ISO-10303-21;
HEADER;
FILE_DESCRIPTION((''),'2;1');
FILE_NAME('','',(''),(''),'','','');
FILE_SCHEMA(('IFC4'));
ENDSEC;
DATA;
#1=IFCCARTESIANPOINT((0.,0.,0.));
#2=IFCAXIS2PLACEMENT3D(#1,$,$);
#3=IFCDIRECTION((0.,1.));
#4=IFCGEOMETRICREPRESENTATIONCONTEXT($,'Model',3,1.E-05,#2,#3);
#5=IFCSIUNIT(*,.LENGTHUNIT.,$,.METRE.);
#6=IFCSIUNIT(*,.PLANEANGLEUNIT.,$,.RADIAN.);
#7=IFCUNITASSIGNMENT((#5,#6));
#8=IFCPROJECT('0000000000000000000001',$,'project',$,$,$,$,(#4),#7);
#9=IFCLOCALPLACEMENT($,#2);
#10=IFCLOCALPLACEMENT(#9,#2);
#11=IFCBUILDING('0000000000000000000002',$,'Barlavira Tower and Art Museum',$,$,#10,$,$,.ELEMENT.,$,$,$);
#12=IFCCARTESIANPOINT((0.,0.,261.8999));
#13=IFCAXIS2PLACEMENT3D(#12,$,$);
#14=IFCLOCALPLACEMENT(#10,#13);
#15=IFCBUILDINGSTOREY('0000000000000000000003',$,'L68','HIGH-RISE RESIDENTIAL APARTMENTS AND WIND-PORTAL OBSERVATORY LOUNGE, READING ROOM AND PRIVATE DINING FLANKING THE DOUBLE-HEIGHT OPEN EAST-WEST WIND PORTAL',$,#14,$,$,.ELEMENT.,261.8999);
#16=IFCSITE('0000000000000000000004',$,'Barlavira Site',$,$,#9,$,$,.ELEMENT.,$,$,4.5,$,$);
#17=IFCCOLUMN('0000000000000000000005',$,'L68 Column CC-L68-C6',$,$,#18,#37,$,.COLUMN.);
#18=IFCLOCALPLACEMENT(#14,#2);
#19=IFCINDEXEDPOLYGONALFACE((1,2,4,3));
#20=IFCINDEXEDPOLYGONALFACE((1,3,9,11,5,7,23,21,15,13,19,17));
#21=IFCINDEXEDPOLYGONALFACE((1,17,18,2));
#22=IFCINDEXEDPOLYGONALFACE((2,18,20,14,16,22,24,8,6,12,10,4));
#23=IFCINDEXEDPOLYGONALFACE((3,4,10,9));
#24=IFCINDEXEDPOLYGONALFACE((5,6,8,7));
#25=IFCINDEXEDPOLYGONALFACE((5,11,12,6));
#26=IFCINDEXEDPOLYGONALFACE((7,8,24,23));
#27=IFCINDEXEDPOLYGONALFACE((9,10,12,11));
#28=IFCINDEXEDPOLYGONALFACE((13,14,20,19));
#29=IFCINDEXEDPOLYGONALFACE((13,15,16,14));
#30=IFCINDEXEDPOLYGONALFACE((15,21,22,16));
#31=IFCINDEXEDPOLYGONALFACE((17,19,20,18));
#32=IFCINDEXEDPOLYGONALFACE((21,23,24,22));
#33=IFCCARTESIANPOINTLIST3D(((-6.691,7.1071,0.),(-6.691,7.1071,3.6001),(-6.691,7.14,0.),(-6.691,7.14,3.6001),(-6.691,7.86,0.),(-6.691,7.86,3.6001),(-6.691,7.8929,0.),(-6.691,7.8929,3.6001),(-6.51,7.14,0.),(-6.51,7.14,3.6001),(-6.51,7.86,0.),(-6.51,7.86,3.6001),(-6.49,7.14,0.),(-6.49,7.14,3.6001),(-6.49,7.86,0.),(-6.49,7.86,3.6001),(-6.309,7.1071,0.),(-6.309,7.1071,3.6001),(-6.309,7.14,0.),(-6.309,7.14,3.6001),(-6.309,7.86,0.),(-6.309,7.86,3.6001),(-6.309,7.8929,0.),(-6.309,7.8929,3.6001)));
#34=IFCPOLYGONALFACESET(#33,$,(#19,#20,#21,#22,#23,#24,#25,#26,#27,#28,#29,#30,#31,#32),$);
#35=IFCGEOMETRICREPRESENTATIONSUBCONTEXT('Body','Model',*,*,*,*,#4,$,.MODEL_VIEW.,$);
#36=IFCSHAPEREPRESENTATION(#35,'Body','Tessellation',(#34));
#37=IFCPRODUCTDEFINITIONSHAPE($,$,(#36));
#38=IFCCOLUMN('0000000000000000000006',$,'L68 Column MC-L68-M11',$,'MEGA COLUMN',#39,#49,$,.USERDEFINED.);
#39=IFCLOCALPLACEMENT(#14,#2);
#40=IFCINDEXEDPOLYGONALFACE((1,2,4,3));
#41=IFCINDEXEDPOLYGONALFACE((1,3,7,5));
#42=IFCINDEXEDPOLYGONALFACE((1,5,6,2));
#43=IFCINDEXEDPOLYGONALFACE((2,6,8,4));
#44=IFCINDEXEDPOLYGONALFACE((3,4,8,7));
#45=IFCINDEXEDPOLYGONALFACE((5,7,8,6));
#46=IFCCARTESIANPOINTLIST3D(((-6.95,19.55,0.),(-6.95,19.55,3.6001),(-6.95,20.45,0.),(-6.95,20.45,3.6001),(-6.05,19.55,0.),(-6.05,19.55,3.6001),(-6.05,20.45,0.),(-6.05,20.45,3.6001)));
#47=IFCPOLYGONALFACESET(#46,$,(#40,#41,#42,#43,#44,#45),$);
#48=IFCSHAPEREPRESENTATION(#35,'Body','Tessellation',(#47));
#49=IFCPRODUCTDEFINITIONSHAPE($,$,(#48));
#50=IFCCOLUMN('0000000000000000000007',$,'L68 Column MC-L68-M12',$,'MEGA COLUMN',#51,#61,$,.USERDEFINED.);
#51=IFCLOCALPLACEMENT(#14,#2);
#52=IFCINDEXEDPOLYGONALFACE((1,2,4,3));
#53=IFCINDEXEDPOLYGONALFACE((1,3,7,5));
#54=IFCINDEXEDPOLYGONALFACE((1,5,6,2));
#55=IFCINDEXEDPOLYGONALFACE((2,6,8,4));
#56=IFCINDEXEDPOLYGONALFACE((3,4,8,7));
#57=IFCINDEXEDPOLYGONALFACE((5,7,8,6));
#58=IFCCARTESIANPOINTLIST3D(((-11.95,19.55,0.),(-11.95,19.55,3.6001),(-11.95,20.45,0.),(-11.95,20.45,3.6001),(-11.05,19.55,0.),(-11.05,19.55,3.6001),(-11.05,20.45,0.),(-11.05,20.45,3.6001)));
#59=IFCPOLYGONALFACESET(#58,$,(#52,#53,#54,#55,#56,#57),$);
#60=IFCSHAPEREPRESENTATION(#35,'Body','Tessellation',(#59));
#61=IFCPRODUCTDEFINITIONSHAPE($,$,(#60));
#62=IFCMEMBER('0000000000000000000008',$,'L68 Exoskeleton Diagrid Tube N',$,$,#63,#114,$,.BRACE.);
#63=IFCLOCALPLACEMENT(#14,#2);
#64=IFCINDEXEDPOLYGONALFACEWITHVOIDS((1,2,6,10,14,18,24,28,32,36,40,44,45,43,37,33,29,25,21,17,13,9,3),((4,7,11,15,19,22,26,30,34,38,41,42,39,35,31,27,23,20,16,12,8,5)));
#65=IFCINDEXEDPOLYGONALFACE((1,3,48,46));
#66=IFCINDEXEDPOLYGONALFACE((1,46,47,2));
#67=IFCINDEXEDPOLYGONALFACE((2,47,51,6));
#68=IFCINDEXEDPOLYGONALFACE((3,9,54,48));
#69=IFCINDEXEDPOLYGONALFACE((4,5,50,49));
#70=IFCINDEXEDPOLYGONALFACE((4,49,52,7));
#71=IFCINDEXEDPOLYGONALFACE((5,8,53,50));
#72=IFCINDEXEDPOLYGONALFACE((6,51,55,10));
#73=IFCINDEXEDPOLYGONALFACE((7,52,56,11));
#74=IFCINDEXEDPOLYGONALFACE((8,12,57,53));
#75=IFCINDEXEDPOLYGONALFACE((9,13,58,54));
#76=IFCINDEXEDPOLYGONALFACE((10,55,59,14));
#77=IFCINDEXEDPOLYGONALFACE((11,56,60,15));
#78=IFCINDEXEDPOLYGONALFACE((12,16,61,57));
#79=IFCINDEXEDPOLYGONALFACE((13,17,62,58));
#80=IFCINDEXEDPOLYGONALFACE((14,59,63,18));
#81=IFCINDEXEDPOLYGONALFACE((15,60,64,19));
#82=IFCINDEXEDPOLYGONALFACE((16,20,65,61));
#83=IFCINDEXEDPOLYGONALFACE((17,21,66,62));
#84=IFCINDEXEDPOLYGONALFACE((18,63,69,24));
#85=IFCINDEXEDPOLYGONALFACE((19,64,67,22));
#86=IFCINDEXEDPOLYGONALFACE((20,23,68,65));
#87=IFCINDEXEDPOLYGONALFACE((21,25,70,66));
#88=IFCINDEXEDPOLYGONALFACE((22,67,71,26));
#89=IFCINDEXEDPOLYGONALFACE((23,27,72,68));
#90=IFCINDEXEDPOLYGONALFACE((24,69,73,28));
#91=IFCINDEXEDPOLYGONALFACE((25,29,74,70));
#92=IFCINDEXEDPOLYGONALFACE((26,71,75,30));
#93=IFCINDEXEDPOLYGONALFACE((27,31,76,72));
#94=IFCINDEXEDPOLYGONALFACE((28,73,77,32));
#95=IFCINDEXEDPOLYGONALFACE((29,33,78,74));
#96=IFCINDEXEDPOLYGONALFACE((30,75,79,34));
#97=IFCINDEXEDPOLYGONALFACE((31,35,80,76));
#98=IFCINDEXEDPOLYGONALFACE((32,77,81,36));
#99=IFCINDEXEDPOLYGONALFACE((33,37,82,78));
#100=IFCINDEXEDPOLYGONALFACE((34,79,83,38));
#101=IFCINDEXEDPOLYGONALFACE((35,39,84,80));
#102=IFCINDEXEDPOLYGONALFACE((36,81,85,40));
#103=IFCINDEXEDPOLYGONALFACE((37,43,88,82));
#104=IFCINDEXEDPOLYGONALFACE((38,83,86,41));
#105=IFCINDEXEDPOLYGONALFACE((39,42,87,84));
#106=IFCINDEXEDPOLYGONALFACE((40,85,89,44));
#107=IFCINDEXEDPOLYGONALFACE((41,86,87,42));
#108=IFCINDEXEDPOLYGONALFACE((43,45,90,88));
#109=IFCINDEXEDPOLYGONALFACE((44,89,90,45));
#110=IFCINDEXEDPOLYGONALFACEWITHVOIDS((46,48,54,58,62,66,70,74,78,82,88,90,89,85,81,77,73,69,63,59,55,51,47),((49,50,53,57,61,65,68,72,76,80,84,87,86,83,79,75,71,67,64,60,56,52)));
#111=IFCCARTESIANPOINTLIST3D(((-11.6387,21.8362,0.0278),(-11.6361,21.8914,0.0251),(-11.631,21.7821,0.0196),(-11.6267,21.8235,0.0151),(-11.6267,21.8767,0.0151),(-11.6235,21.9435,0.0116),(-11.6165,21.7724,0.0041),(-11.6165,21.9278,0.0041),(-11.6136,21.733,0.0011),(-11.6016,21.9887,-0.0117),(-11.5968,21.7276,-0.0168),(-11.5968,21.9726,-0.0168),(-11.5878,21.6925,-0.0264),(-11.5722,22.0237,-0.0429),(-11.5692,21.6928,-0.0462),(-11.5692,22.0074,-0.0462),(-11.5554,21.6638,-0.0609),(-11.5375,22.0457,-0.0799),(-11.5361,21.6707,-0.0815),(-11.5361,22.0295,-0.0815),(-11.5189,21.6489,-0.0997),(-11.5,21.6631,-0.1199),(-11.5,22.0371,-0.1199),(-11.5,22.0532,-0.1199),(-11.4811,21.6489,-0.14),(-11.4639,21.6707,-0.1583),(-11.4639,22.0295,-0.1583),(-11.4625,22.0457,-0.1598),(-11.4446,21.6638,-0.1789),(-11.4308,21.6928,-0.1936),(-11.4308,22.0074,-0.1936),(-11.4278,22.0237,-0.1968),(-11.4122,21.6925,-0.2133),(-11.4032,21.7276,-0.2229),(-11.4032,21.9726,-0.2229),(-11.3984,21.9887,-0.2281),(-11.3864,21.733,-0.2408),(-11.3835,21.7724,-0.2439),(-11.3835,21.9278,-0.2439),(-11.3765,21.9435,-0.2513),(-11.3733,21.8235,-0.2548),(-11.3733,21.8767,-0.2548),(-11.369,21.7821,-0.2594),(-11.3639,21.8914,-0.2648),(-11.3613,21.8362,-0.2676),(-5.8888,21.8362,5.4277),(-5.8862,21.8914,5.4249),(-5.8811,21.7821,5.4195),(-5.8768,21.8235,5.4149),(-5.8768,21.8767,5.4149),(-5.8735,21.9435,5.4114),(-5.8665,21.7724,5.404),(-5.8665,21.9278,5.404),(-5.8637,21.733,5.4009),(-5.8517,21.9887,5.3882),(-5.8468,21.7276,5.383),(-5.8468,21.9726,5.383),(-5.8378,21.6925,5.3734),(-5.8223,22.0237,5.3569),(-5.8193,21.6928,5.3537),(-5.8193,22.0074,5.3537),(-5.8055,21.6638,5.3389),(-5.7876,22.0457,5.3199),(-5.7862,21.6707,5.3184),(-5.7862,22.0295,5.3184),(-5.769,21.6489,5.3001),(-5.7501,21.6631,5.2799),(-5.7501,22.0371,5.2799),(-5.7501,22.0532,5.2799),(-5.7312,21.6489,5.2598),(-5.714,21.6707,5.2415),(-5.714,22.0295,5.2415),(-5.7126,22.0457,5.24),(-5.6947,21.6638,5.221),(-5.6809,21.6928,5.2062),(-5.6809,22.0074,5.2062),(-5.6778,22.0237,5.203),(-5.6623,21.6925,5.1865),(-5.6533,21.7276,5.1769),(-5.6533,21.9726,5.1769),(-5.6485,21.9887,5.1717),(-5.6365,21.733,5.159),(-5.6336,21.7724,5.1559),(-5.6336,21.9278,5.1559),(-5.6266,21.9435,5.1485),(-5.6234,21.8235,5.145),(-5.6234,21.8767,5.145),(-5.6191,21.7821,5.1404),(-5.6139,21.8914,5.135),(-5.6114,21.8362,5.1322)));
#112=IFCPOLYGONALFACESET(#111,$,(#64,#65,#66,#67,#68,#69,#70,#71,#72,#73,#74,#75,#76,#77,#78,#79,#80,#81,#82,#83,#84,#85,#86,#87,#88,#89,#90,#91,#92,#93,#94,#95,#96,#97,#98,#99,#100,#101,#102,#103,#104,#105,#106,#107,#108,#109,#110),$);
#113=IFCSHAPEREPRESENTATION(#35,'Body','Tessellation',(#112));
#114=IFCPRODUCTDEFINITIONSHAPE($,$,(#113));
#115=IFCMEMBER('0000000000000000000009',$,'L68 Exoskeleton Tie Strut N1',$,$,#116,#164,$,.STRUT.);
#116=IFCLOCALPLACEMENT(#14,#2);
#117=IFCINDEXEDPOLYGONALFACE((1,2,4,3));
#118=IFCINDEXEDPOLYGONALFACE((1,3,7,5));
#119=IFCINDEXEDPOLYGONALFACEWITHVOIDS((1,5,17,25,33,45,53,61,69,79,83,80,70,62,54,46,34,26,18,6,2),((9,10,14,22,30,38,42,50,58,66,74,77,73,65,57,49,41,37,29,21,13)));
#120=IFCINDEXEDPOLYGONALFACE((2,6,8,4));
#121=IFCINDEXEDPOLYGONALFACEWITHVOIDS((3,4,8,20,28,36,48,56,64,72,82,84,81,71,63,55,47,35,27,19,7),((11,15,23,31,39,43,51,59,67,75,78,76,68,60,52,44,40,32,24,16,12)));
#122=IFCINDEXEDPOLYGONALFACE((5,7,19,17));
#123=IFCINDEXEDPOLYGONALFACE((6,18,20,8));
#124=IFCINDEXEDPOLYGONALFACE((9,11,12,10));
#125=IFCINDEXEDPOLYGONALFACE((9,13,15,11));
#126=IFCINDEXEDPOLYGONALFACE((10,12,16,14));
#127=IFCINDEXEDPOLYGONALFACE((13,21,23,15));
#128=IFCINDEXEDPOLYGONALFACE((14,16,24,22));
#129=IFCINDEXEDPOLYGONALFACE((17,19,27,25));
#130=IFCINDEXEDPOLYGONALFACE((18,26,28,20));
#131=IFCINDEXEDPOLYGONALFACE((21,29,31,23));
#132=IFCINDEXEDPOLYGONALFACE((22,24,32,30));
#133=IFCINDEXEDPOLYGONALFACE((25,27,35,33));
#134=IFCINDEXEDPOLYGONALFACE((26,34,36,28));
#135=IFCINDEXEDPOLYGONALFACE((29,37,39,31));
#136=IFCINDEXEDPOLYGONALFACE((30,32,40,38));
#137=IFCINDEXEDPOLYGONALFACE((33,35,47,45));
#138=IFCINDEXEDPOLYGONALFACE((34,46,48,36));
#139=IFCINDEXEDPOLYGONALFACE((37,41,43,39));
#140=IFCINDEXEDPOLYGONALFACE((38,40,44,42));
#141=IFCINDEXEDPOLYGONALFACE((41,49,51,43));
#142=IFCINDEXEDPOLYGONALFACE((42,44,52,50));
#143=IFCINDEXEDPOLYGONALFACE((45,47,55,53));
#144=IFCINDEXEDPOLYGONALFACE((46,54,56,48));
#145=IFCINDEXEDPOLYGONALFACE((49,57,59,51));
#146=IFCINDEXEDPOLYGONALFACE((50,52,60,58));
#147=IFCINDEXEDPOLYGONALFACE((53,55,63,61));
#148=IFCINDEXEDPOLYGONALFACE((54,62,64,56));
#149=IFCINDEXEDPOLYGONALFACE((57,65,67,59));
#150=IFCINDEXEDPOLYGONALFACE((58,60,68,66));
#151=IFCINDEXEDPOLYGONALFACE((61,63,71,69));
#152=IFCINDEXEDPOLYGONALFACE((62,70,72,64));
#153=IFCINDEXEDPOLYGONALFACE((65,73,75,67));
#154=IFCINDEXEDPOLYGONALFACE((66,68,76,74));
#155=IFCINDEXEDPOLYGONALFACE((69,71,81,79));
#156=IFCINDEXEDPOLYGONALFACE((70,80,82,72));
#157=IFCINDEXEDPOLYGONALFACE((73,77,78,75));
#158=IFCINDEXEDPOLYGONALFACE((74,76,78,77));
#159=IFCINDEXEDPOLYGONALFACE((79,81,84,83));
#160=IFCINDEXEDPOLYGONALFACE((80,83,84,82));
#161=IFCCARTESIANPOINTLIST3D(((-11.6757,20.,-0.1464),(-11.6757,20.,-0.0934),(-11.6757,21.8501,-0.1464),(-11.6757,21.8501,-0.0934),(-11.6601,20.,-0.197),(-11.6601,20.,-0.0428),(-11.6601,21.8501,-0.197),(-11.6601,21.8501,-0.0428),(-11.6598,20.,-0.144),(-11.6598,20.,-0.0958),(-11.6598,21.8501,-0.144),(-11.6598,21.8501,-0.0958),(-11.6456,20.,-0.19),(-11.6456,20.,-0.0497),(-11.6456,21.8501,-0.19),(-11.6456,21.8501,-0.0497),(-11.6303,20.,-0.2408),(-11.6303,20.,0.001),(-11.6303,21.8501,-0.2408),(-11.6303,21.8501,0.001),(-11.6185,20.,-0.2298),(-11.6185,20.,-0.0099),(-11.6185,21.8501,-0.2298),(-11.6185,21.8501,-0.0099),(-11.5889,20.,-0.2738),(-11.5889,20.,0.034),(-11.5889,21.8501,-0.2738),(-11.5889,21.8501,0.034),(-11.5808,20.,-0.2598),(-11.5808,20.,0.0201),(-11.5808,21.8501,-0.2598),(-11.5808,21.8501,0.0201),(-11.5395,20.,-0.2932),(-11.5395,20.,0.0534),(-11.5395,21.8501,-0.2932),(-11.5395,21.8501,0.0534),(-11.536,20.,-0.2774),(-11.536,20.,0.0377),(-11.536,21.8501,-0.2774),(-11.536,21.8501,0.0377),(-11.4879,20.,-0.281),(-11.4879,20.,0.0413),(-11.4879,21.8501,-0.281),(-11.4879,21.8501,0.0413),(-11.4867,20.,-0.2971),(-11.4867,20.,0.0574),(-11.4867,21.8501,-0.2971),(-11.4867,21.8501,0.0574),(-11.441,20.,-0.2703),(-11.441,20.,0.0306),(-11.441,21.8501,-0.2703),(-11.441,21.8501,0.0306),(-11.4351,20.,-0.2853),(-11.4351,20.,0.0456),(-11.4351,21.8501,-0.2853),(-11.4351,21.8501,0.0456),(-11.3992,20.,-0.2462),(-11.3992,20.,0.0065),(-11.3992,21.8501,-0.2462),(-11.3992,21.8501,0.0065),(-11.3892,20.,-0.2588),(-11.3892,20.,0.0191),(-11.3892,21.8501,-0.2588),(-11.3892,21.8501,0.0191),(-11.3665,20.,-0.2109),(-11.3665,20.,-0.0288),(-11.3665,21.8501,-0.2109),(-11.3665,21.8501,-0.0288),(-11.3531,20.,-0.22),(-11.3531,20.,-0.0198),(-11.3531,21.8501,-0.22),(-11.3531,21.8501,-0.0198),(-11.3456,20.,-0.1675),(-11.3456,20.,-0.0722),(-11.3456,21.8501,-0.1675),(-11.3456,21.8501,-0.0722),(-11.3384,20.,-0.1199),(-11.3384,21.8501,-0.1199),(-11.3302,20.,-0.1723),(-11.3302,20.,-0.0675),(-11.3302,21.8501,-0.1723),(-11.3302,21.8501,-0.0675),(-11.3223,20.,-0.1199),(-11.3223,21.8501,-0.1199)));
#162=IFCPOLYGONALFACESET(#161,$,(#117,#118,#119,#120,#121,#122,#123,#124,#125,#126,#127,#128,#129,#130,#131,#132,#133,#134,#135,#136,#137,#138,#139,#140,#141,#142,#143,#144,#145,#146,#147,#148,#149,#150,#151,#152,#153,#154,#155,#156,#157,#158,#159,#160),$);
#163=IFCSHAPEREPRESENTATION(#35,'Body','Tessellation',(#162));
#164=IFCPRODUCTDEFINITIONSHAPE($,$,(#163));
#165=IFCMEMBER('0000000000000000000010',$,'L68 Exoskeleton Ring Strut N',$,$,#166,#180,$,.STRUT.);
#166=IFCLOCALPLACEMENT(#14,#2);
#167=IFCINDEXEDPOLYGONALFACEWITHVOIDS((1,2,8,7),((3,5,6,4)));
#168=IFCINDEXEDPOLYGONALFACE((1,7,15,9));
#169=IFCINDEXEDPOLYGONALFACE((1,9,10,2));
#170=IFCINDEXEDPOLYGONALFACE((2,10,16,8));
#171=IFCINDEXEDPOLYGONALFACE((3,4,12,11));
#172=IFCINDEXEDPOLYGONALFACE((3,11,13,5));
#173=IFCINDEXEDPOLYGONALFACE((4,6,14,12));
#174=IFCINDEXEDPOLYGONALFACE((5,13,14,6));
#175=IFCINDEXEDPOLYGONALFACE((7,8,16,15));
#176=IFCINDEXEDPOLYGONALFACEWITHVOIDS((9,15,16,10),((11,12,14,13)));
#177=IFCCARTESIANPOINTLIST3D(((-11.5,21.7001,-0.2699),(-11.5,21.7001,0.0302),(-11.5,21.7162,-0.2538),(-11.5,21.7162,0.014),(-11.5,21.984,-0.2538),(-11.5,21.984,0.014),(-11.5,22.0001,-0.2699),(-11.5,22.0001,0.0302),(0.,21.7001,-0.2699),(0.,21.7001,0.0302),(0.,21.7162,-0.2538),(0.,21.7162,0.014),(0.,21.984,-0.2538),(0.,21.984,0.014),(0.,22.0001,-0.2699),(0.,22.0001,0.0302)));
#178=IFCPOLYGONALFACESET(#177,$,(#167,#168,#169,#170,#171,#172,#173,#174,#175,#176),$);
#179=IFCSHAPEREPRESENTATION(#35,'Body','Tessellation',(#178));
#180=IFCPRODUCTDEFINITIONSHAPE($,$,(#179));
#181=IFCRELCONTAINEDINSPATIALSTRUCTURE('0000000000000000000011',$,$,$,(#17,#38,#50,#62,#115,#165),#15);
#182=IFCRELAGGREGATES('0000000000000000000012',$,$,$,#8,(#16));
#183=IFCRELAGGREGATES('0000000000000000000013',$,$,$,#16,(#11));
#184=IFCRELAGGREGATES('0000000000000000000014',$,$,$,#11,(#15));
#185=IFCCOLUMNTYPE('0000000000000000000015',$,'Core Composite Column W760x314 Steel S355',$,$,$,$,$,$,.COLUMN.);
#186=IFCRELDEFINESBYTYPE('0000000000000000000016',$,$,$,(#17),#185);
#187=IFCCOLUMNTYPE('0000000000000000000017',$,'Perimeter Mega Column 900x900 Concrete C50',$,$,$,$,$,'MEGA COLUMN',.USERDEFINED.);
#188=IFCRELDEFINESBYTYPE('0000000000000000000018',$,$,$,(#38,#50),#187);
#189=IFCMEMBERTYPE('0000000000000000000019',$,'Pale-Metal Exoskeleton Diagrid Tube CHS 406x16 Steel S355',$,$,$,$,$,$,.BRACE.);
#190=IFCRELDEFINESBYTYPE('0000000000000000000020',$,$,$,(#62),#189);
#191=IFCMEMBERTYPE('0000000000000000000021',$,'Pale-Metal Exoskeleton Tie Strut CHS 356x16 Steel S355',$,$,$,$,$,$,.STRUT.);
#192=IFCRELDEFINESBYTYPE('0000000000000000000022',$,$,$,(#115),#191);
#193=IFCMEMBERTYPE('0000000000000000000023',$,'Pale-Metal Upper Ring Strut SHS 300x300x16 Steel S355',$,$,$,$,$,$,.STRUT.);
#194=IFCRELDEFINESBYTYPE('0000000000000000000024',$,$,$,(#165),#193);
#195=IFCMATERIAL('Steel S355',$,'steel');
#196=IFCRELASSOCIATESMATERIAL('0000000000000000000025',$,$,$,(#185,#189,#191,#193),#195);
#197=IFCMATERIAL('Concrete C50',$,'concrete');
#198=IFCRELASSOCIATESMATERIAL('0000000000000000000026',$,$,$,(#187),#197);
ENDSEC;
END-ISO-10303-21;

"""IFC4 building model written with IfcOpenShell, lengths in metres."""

from ifc_helpers import new_model, si_unit, direction, frame, origin, origin_2d, place, context, subcontext, project, spatial, rectangle, hollow_rectangle, hollow_circle, i_section, extrude, material, material_profile, profile_set, type_object, element, save


model = new_model("IFC4")

# Units and contexts
model_context = context("Model", 3, precision=1e-05, world=origin(), true_north=direction((0.0, 1.0)))
body_context = subcontext(model_context, "Body", "Model", "MODEL_VIEW")
ifc_project = project(units=[si_unit("LENGTHUNIT", "METRE"), si_unit("PLANEANGLEUNIT", "RADIAN")], contexts=[model_context])

# Site, building, storey
site_placement = place(None, origin())
site = spatial("IfcSite", under=ifc_project, at=site_placement, Name="Barlavira Site", CompositionType="ELEMENT", RefElevation=4.5)
building_placement = place(site_placement, origin())
building = spatial("IfcBuilding", under=site, at=building_placement, Name="Barlavira Tower and Art Museum", CompositionType="ELEMENT")
storey_placement = place(building_placement, frame((0.0, 0.0, 261.8999)))
storey = spatial("IfcBuildingStorey", under=building, at=storey_placement, Name="L68", Description="HIGH-RISE RESIDENTIAL APARTMENTS AND WIND-PORTAL OBSERVATORY LOUNGE, READING ROOM AND PRIVATE DINING FLANKING THE DOUBLE-HEIGHT OPEN EAST-WEST WIND PORTAL", CompositionType="ELEMENT", Elevation=261.8999)

# Columns
ifc_material_1 = material(Name="Steel S355", Category="steel")
ifc_material_profile_1 = material_profile(ifc_material_1, i_section(OverallWidth=0.3821, OverallDepth=0.7859, WebThickness=0.02, FlangeThickness=0.033, at=origin_2d()), Name="W760x314.0")
ifc_profile_set_1 = profile_set([ifc_material_profile_1], Name="Steel S355")
column_type_1 = type_object("IfcColumnType", Name="Core Composite Column W760x314 Steel S355", PredefinedType="COLUMN", material=ifc_profile_set_1)
column_placement = place(storey_placement, frame((-6.5, 7.5, 0.0), z_axis=(0.0, 0.0, 1.0), x_axis=(1.0, 0.0, 0.0)))
element("IfcColumn", 1, at=column_placement, inside=storey, type_object=column_type_1, Name="L68 Column CC-L68-C6", PredefinedType="COLUMN", context=body_context, shape_type="SweptSolid", body=[
    extrude(i_section(OverallWidth=0.3821, OverallDepth=0.7859, WebThickness=0.02, FlangeThickness=0.033, at=origin_2d()), origin(), (0.0, 0.0, 1.0), 3.6001),
])
ifc_material_2 = material(Name="Concrete C50", Category="concrete")
ifc_material_profile_2 = material_profile(ifc_material_2, rectangle(XDim=0.8999, YDim=0.8999, at=origin_2d()), Name="RC-COL 900x900")
ifc_profile_set_2 = profile_set([ifc_material_profile_2], Name="Concrete C50")
column_type_2 = type_object("IfcColumnType", Name="Perimeter Mega Column 900x900 Concrete C50", ElementType="MEGA COLUMN", PredefinedType="USERDEFINED", material=ifc_profile_set_2)
for number, where, z_axis, x_axis, name in (
    (2, (-6.5, 20.0, 0.0), (0.0, 0.0, 1.0), (1.0, 0.0, 0.0), "L68 Column MC-L68-M11"),
    (3, (-11.5, 20.0, 0.0), (0.0, 0.0, 1.0), (1.0, 0.0, 0.0), "L68 Column MC-L68-M12"),
):
    element("IfcColumn", number, at=place(storey_placement, frame(where, z_axis=z_axis, x_axis=x_axis)), inside=storey, type_object=column_type_2, Name=name, ObjectType="MEGA COLUMN", PredefinedType="USERDEFINED", context=body_context, shape_type="SweptSolid", body=[
        extrude(rectangle(XDim=0.8999, YDim=0.8999, at=origin_2d()), origin(), (0.0, 0.0, 1.0), 3.6001),
    ])

# Members
ifc_material_profile_3 = material_profile(ifc_material_1, hollow_circle(Radius=0.2031, WallThickness=0.0161, at=origin_2d()), Name="CHS 406.4x16.0")
ifc_profile_set_3 = profile_set([ifc_material_profile_3], Name="Steel S355")
member_type_1 = type_object("IfcMemberType", Name="Pale-Metal Exoskeleton Diagrid Tube CHS 406x16 Steel S355", PredefinedType="BRACE", material=ifc_profile_set_3)
member_1_placement = place(storey_placement, frame((-11.5, 21.8501, -0.1199), z_axis=(0.72895, 0.0, 0.684567), x_axis=(0.0, 1.0, 0.0)))
element("IfcMember", 4, at=member_1_placement, inside=storey, type_object=member_type_1, Name="L68 Exoskeleton Diagrid Tube N", PredefinedType="BRACE", context=body_context, shape_type="SweptSolid", body=[
    extrude(hollow_circle(Radius=0.2031, WallThickness=0.0161, at=origin_2d()), origin(), (0.0, 0.0, 1.0), 7.8879),
])
ifc_material_profile_4 = material_profile(ifc_material_1, hollow_circle(Radius=0.1777, WallThickness=0.0161, at=origin_2d()), Name="CHS 355.6x16.0")
ifc_profile_set_4 = profile_set([ifc_material_profile_4], Name="Steel S355")
member_type_2 = type_object("IfcMemberType", Name="Pale-Metal Exoskeleton Tie Strut CHS 356x16 Steel S355", PredefinedType="STRUT", material=ifc_profile_set_4)
member_2_placement = place(storey_placement, frame((-11.5, 21.8501, -0.1199), z_axis=(0.0, -1.0, 0.0), x_axis=(1.0, 0.0, 0.0)))
element("IfcMember", 5, at=member_2_placement, inside=storey, type_object=member_type_2, Name="L68 Exoskeleton Tie Strut N1", PredefinedType="STRUT", context=body_context, shape_type="SweptSolid", body=[
    extrude(hollow_circle(Radius=0.1777, WallThickness=0.0161, at=origin_2d()), origin(), (0.0, 0.0, 1.0), 1.8501),
])
ifc_material_profile_5 = material_profile(ifc_material_1, hollow_rectangle(XDim=0.3, YDim=0.3, WallThickness=0.0161, at=origin_2d()), Name="SHS 300x300x16.0")
ifc_profile_set_5 = profile_set([ifc_material_profile_5], Name="Steel S355")
member_type_3 = type_object("IfcMemberType", Name="Pale-Metal Upper Ring Strut SHS 300x300x16 Steel S355", PredefinedType="STRUT", material=ifc_profile_set_5)
member_3_placement = place(storey_placement, frame((-11.5, 21.8501, -0.1199), z_axis=(1.0, 0.0, 0.0), x_axis=(0.0, 1.0, 0.0)))
element("IfcMember", 6, at=member_3_placement, inside=storey, type_object=member_type_3, Name="L68 Exoskeleton Ring Strut N", PredefinedType="STRUT", context=body_context, shape_type="SweptSolid", body=[
    extrude(hollow_rectangle(XDim=0.3, YDim=0.3, WallThickness=0.0161, at=origin_2d()), origin(), (0.0, 0.0, 1.0), 11.5),
])

save(model, "model.ifc")
